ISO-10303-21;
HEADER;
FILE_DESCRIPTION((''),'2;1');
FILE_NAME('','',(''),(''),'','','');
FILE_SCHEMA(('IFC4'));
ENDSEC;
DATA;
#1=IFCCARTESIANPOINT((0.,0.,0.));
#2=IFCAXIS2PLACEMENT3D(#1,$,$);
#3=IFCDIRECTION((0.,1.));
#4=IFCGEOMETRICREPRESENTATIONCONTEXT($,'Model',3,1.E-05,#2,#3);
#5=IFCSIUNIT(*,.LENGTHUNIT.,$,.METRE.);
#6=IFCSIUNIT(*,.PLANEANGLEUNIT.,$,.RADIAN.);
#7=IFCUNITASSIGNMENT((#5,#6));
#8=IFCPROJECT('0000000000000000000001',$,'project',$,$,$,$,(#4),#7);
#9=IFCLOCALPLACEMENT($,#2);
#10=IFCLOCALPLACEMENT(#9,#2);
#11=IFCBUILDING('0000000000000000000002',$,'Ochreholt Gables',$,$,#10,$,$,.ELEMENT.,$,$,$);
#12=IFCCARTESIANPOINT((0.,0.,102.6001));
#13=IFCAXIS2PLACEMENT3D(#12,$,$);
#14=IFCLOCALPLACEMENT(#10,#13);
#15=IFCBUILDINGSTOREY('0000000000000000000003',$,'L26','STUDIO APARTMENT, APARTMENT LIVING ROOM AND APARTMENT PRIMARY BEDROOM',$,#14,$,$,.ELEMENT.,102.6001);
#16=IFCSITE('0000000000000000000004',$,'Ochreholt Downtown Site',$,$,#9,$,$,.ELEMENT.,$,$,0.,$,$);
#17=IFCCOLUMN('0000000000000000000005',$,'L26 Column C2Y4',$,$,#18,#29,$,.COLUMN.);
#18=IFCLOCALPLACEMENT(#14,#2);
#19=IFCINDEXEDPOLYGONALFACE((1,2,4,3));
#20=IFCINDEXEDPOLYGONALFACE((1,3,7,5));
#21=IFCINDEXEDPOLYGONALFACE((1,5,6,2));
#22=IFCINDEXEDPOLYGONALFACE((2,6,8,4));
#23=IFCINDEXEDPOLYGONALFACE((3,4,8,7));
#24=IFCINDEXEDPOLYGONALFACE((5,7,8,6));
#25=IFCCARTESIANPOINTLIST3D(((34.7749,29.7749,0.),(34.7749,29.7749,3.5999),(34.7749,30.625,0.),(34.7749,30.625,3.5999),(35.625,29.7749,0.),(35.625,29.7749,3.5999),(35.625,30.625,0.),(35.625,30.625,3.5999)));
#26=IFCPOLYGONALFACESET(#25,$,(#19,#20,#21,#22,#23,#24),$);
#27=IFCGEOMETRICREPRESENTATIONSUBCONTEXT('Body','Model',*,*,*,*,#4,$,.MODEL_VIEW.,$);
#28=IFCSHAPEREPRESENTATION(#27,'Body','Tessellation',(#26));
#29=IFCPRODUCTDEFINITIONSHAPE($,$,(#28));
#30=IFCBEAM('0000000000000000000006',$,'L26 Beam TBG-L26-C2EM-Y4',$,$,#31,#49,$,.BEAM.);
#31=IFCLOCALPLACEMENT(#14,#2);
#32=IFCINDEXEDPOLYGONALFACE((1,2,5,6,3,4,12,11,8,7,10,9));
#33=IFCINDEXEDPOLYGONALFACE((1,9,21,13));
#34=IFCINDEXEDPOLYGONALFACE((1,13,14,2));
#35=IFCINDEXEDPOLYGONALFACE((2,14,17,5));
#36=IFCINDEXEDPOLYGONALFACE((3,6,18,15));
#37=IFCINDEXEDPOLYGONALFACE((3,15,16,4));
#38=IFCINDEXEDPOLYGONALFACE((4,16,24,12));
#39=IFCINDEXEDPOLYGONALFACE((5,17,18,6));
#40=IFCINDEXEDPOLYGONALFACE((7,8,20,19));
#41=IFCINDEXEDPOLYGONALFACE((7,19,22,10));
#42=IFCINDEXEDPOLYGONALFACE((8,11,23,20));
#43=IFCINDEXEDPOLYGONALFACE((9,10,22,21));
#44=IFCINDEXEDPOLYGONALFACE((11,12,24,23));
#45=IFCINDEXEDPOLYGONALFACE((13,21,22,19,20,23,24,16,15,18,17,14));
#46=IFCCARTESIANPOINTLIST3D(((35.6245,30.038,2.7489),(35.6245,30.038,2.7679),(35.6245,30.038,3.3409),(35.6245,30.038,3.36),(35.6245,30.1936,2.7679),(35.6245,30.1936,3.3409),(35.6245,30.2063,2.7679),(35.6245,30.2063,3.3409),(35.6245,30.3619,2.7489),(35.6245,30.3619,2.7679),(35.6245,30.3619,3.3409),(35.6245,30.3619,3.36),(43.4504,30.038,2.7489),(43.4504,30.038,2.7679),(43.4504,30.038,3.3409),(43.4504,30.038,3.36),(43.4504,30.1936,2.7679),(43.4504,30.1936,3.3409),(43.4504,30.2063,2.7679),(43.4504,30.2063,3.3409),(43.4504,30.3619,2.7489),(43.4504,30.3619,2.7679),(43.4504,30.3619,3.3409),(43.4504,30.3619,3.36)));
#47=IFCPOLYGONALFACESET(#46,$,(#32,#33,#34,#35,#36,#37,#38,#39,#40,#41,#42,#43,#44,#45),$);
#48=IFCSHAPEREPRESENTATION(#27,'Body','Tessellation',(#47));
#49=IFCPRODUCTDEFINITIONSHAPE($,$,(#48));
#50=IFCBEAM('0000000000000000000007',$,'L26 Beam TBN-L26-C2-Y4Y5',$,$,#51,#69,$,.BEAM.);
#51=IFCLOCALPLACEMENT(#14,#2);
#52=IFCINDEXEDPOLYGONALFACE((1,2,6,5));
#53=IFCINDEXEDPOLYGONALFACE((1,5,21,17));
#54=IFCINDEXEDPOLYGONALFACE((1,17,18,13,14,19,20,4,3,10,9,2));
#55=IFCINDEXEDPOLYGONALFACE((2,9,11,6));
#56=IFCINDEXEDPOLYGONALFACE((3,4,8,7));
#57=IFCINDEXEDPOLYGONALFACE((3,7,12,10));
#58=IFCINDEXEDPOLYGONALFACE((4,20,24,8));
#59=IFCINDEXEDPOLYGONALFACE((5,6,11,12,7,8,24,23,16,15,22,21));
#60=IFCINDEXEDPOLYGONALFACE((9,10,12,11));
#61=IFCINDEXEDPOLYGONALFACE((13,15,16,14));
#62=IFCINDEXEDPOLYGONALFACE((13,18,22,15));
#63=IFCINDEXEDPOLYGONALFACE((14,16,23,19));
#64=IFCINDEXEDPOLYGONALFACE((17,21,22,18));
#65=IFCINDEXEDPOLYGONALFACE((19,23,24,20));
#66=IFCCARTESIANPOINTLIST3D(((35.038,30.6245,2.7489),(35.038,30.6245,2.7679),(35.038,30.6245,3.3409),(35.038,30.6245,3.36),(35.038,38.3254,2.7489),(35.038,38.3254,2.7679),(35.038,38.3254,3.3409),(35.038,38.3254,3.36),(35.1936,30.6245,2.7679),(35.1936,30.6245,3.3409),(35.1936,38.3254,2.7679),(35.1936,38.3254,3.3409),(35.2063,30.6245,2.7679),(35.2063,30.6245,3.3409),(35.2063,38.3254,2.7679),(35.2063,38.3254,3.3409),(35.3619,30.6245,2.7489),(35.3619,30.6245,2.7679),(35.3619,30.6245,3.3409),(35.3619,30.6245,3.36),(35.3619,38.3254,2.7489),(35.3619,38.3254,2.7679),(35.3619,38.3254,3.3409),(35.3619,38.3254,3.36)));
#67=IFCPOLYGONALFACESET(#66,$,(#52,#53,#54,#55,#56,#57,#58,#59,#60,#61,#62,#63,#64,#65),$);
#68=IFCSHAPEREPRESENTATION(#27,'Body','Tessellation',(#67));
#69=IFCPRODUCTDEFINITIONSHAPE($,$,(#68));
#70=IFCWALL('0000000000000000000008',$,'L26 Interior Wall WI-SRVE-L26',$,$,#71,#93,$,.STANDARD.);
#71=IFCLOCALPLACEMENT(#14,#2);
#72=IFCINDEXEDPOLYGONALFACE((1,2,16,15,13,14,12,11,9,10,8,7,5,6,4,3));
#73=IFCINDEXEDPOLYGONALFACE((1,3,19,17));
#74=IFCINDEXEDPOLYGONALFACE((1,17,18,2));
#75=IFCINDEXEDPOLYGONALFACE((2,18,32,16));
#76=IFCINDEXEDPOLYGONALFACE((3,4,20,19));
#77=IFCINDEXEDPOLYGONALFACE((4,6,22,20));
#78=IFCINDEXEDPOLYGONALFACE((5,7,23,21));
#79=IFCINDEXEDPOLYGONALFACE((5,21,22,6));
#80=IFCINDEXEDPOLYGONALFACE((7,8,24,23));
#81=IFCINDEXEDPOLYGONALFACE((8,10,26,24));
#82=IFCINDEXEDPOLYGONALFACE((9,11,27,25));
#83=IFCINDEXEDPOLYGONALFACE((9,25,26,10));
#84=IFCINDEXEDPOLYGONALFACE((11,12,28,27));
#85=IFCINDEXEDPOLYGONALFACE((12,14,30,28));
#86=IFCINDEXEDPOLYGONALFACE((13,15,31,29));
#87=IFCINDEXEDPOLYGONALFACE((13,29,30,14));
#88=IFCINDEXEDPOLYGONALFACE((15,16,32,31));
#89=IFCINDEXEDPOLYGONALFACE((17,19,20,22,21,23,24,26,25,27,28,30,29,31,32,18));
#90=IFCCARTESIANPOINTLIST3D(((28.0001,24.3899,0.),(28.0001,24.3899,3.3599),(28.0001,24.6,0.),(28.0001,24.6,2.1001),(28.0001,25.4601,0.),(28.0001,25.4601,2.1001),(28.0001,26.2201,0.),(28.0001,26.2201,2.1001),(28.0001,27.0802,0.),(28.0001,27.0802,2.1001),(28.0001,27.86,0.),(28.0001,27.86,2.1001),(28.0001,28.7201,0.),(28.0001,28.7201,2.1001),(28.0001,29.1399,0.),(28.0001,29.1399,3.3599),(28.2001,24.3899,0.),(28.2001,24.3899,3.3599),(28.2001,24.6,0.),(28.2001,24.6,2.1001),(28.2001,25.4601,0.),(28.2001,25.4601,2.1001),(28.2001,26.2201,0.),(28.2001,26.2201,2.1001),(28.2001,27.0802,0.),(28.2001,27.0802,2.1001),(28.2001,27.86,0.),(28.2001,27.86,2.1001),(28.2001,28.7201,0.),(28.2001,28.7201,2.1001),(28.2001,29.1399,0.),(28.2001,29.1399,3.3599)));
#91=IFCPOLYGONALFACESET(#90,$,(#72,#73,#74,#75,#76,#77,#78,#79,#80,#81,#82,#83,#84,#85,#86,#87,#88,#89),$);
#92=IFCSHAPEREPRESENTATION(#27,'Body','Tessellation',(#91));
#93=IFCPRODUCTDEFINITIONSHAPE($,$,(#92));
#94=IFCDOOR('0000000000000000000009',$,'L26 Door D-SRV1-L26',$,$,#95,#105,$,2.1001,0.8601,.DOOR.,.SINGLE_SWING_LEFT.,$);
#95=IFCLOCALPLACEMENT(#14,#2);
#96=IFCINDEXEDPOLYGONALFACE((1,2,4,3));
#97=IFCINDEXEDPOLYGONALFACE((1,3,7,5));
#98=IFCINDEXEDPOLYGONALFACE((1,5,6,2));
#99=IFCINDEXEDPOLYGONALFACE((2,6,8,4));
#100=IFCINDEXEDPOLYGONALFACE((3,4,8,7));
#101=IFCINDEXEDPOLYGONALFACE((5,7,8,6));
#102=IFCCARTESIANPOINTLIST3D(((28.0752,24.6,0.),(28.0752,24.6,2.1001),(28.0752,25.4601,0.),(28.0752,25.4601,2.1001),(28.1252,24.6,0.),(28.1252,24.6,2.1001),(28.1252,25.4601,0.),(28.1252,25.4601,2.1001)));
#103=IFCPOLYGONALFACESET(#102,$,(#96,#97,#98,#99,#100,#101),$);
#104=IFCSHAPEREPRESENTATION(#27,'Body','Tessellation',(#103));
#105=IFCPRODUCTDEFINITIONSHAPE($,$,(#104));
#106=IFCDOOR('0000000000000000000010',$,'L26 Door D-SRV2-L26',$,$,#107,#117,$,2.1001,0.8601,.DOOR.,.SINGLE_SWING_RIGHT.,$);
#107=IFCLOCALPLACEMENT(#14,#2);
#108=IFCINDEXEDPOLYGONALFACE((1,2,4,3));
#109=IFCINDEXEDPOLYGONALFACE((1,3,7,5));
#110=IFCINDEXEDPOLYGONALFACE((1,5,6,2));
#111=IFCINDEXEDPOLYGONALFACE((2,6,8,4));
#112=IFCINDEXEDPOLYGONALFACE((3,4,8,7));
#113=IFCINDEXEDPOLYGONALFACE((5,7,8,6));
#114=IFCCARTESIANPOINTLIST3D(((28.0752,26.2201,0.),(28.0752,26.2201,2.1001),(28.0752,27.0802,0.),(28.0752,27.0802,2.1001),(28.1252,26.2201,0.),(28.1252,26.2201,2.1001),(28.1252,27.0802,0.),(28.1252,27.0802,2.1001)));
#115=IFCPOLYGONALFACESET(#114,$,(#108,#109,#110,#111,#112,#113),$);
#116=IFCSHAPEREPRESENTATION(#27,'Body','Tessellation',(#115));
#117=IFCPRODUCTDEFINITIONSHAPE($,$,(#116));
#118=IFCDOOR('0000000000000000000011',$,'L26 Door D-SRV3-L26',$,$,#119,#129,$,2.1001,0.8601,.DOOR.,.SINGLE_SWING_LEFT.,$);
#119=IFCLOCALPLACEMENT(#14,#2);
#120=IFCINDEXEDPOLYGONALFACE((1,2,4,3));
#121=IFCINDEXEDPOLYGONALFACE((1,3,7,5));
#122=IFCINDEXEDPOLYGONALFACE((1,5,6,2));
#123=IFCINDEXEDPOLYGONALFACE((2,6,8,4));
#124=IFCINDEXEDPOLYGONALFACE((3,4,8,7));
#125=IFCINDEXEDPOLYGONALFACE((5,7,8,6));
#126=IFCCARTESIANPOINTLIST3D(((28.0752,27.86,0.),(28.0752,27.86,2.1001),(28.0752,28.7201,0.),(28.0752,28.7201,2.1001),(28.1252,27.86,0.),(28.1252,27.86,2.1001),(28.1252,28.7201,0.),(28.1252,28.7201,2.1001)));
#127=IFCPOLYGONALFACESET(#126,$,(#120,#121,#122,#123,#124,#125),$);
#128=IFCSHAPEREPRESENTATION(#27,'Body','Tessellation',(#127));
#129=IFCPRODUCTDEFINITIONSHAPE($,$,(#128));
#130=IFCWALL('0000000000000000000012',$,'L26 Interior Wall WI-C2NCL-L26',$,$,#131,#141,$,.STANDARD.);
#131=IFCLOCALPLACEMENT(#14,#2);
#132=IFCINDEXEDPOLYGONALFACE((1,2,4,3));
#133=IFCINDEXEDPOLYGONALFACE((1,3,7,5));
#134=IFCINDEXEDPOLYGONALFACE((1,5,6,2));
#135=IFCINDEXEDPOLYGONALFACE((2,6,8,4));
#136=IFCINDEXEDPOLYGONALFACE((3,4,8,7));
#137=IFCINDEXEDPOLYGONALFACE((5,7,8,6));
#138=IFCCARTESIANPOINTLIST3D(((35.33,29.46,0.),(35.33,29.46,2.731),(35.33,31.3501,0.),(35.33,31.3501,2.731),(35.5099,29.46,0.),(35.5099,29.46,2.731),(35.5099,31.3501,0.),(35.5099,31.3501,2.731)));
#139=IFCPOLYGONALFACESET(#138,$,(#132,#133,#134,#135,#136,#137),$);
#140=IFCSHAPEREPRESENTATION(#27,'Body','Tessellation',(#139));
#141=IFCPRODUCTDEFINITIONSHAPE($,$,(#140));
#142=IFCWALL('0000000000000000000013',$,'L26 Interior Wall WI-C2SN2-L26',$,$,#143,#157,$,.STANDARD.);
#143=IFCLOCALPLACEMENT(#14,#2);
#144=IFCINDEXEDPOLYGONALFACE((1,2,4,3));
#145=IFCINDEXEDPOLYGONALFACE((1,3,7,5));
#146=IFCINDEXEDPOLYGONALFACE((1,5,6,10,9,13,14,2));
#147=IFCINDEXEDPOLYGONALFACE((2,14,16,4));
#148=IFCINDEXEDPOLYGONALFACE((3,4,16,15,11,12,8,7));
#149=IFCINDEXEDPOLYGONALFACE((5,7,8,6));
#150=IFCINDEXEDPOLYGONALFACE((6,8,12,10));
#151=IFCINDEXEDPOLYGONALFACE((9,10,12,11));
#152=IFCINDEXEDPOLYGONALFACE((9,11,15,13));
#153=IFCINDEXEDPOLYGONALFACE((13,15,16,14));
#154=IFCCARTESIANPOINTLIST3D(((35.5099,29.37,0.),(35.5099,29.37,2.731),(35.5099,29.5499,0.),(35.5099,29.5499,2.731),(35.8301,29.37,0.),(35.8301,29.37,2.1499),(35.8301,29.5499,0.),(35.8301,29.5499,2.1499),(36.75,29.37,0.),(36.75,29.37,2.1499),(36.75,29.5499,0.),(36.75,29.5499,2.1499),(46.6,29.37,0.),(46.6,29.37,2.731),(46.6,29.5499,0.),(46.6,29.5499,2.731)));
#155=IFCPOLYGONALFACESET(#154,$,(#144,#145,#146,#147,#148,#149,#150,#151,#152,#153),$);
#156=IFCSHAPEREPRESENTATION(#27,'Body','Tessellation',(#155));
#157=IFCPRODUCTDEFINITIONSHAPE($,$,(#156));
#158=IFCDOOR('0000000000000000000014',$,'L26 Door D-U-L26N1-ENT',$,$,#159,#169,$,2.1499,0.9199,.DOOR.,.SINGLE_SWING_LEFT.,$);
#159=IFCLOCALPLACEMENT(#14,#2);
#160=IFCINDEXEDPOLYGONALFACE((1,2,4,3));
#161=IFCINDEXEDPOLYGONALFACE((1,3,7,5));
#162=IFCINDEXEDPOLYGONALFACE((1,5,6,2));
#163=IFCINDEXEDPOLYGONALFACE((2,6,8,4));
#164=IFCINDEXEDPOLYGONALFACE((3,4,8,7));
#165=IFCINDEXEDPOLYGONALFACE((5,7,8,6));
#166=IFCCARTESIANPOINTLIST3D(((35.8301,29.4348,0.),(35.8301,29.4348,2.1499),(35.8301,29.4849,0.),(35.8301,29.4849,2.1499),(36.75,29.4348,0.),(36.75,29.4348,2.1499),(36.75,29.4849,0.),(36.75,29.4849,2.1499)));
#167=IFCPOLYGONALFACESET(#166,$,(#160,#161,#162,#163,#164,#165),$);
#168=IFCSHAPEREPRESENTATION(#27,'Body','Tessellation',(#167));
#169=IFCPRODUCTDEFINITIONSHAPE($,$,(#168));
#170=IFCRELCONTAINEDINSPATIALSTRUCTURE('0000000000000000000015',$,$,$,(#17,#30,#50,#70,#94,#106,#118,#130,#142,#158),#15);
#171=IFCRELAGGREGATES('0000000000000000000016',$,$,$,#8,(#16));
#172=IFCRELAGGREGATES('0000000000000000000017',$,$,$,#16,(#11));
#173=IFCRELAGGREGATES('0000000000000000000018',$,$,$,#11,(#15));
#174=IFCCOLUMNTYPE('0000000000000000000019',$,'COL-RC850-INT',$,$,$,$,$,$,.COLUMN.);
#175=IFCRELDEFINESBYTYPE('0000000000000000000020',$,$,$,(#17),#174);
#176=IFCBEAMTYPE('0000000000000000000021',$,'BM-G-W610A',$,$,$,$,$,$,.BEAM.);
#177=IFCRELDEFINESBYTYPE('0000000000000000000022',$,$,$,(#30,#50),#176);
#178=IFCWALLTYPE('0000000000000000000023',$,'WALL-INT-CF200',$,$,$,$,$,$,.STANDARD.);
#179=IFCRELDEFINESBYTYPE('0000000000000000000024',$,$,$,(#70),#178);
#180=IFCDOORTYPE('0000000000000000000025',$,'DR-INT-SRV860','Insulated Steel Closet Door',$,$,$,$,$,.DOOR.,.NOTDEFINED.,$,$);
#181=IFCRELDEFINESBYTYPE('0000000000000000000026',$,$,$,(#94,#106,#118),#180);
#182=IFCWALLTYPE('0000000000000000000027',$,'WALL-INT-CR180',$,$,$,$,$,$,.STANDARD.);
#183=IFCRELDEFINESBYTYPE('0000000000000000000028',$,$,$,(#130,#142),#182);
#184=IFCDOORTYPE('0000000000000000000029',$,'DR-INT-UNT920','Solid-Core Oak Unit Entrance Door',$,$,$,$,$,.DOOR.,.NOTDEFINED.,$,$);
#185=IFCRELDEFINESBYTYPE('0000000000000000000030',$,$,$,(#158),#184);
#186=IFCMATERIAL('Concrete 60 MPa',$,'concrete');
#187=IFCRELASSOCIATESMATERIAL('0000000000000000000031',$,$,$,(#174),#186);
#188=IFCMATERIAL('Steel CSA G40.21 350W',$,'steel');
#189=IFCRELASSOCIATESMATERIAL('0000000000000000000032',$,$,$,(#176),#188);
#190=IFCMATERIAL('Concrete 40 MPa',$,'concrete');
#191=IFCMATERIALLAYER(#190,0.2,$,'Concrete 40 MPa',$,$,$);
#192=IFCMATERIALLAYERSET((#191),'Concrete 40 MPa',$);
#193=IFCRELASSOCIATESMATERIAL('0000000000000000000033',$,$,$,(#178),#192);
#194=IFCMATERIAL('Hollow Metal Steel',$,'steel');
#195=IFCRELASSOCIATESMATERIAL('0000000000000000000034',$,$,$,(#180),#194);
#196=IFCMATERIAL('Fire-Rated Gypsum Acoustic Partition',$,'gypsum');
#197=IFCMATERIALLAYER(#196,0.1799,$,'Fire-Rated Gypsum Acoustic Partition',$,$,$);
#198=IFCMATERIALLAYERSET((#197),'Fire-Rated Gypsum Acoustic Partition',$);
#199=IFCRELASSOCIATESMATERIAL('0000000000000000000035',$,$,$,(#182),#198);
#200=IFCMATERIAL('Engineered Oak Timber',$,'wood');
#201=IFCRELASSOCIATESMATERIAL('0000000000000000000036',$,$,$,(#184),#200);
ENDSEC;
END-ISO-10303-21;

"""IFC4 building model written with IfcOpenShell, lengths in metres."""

from ifc_helpers import new_model, si_unit, direction, frame, frame_2d, origin, origin_2d, place, context, subcontext, project, spatial, rectangle, i_section, extrude, material, layer, layer_set, material_profile, profile_set, type_object, element, fill, save


model = new_model("IFC4")

# Units and contexts
model_context = context("Model", 3, precision=1e-05, world=origin(), true_north=direction((0.0, 1.0)))
body_context = subcontext(model_context, "Body", "Model", "MODEL_VIEW")
ifc_project = project(units=[si_unit("LENGTHUNIT", "METRE"), si_unit("PLANEANGLEUNIT", "RADIAN")], contexts=[model_context])

# Site, building, storey
site_placement = place(None, origin())
site = spatial("IfcSite", under=ifc_project, at=site_placement, Name="Ochreholt Downtown Site", CompositionType="ELEMENT", RefElevation=0.0)
building_placement = place(site_placement, origin())
building = spatial("IfcBuilding", under=site, at=building_placement, Name="Ochreholt Gables", CompositionType="ELEMENT")
storey_placement = place(building_placement, frame((0.0, 0.0, 102.6001)))
storey = spatial("IfcBuildingStorey", under=building, at=storey_placement, Name="L26", Description="STUDIO APARTMENT, APARTMENT LIVING ROOM AND APARTMENT PRIMARY BEDROOM", CompositionType="ELEMENT", Elevation=102.6001)

# Column
ifc_material_1 = material(Name="Concrete 60 MPa", Category="concrete")
ifc_material_profile_1 = material_profile(ifc_material_1, rectangle(XDim=0.8501, YDim=0.8501, at=origin_2d()), Name="RC850X850")
ifc_profile_set_1 = profile_set([ifc_material_profile_1], Name="Concrete 60 MPa")
column_type = type_object("IfcColumnType", Name="COL-RC850-INT", PredefinedType="COLUMN", material=ifc_profile_set_1)
column_placement = place(storey_placement, frame((35.2, 30.2, 0.0), z_axis=(0.0, 0.0, 1.0), x_axis=(1.0, 0.0, 0.0)))
element("IfcColumn", 1, at=column_placement, inside=storey, type_object=column_type, Name="L26 Column C2Y4", PredefinedType="COLUMN", context=body_context, shape_type="SweptSolid", body=[
    extrude(rectangle(XDim=0.8501, YDim=0.8501, at=origin_2d()), origin(), (0.0, 0.0, 1.0), 3.5999),
])

# Beams
ifc_material_2 = material(Name="Steel CSA G40.21 350W", Category="steel")
ifc_material_profile_2 = material_profile(ifc_material_2, i_section(OverallWidth=0.324, OverallDepth=0.6111, WebThickness=0.0127, FlangeThickness=0.019, at=origin_2d()), Name="W610X155")
ifc_profile_set_2 = profile_set([ifc_material_profile_2], Name="Steel CSA G40.21 350W")
beam_type = type_object("IfcBeamType", Name="BM-G-W610A", PredefinedType="BEAM", material=ifc_profile_set_2)
beam_1_placement = place(storey_placement, frame((35.6245, 30.2, 3.0544), z_axis=(1.0, 0.0, 0.0), x_axis=(0.0, 1.0, 0.0)))
element("IfcBeam", 2, at=beam_1_placement, inside=storey, type_object=beam_type, Name="L26 Beam TBG-L26-C2EM-Y4", PredefinedType="BEAM", context=body_context, shape_type="SweptSolid", body=[
    extrude(i_section(OverallWidth=0.324, OverallDepth=0.6111, WebThickness=0.0127, FlangeThickness=0.019, at=origin_2d()), origin(), (0.0, 0.0, 1.0), 7.8259),
])
beam_2_placement = place(storey_placement, frame((35.2, 30.6245, 3.0544), z_axis=(0.0, 1.0, 0.0), x_axis=(-1.0, 0.0, 0.0)))
element("IfcBeam", 3, at=beam_2_placement, inside=storey, type_object=beam_type, Name="L26 Beam TBN-L26-C2-Y4Y5", PredefinedType="BEAM", context=body_context, shape_type="SweptSolid", body=[
    extrude(i_section(OverallWidth=0.324, OverallDepth=0.6111, WebThickness=0.0127, FlangeThickness=0.019, at=origin_2d()), origin(), (0.0, 0.0, 1.0), 7.7009),
])

# Wall, openings, doors
ifc_material_3 = material(Name="Concrete 40 MPa", Category="concrete")
ifc_layer_1 = layer(ifc_material_3, 0.2, Name="Concrete 40 MPa")
ifc_layer_set_1 = layer_set([ifc_layer_1], Name="Concrete 40 MPa")
wall_type_1 = type_object("IfcWallType", Name="WALL-INT-CF200", PredefinedType="STANDARD", material=ifc_layer_set_1)
wall_1_placement = place(storey_placement, frame((28.1001, 24.3899, 0.0), z_axis=(0.0, 0.0, 1.0), x_axis=(0.0, 1.0, 0.0)))
wall_1 = element("IfcWall", 4, at=wall_1_placement, inside=storey, type_object=wall_type_1, Name="L26 Interior Wall WI-SRVE-L26", PredefinedType="STANDARD", context=body_context, shape_type="SweptSolid", body=[
    extrude(rectangle(XDim=4.75, YDim=0.2, at=frame_2d((2.375, 0.0))), origin(), (0.0, 0.0, 1.0), 3.3599),
])
opening_1_placement = place(wall_1_placement, frame((0.21, 0.0, 0.0)))
opening_1 = element("IfcOpeningElement", 5, at=opening_1_placement, cuts=wall_1, PredefinedType="OPENING", context=body_context, shape_type="SweptSolid", body=[
    extrude(rectangle(XDim=0.8601, YDim=2.1001, at=frame_2d((0.4302, 1.05))), frame((0.0, 0.1099, 0.0), z_axis=(0.0, -1.0, 0.0), x_axis=(1.0, 0.0, 0.0)), (0.0, 0.0, 1.0), 0.22),
])
opening_2_placement = place(wall_1_placement, frame((1.8301, 0.0, 0.0)))
opening_2 = element("IfcOpeningElement", 6, at=opening_2_placement, cuts=wall_1, PredefinedType="OPENING", context=body_context, shape_type="SweptSolid", body=[
    extrude(rectangle(XDim=0.8601, YDim=2.1001, at=frame_2d((0.4302, 1.05))), frame((0.0, 0.1099, 0.0), z_axis=(0.0, -1.0, 0.0), x_axis=(1.0, 0.0, 0.0)), (0.0, 0.0, 1.0), 0.22),
])
opening_3_placement = place(wall_1_placement, frame((3.47, 0.0, 0.0)))
opening_3 = element("IfcOpeningElement", 7, at=opening_3_placement, cuts=wall_1, PredefinedType="OPENING", context=body_context, shape_type="SweptSolid", body=[
    extrude(rectangle(XDim=0.8601, YDim=2.1001, at=frame_2d((0.4302, 1.05))), frame((0.0, 0.1099, 0.0), z_axis=(0.0, -1.0, 0.0), x_axis=(1.0, 0.0, 0.0)), (0.0, 0.0, 1.0), 0.22),
])
ifc_material_4 = material(Name="Hollow Metal Steel", Category="steel")
door_type_1 = type_object("IfcDoorType", Name="DR-INT-SRV860", Description="Insulated Steel Closet Door", OperationType="NOTDEFINED", PredefinedType="DOOR", material=ifc_material_4)
door_1_placement = place(opening_1_placement, origin())
door_1 = element("IfcDoor", 8, at=door_1_placement, inside=storey, type_object=door_type_1, Name="L26 Door D-SRV1-L26", OperationType="SINGLE_SWING_LEFT", OverallHeight=2.1001, OverallWidth=0.8601, PredefinedType="DOOR", context=body_context, shape_type="SweptSolid", body=[
    extrude(rectangle(XDim=0.8601, YDim=2.1001, at=frame_2d((0.4302, 1.05))), frame((0.0, 0.0249, 0.0), z_axis=(0.0, -1.0, 0.0), x_axis=(1.0, 0.0, 0.0)), (0.0, 0.0, 1.0), 0.05),
])
fill(opening_1, door_1)
door_2_placement = place(opening_2_placement, origin())
door_2 = element("IfcDoor", 9, at=door_2_placement, inside=storey, type_object=door_type_1, Name="L26 Door D-SRV2-L26", OperationType="SINGLE_SWING_RIGHT", OverallHeight=2.1001, OverallWidth=0.8601, PredefinedType="DOOR", context=body_context, shape_type="SweptSolid", body=[
    extrude(rectangle(XDim=0.8601, YDim=2.1001, at=frame_2d((0.4302, 1.05))), frame((0.0, 0.0249, 0.0), z_axis=(0.0, -1.0, 0.0), x_axis=(1.0, 0.0, 0.0)), (0.0, 0.0, 1.0), 0.05),
])
fill(opening_2, door_2)
door_3_placement = place(opening_3_placement, origin())
door_3 = element("IfcDoor", 10, at=door_3_placement, inside=storey, type_object=door_type_1, Name="L26 Door D-SRV3-L26", OperationType="SINGLE_SWING_LEFT", OverallHeight=2.1001, OverallWidth=0.8601, PredefinedType="DOOR", context=body_context, shape_type="SweptSolid", body=[
    extrude(rectangle(XDim=0.8601, YDim=2.1001, at=frame_2d((0.4302, 1.05))), frame((0.0, 0.0249, 0.0), z_axis=(0.0, -1.0, 0.0), x_axis=(1.0, 0.0, 0.0)), (0.0, 0.0, 1.0), 0.05),
])
fill(opening_3, door_3)

# Wall
ifc_material_5 = material(Name="Fire-Rated Gypsum Acoustic Partition", Category="gypsum")
ifc_layer_2 = layer(ifc_material_5, 0.1799, Name="Fire-Rated Gypsum Acoustic Partition")
ifc_layer_set_2 = layer_set([ifc_layer_2], Name="Fire-Rated Gypsum Acoustic Partition")
wall_type_2 = type_object("IfcWallType", Name="WALL-INT-CR180", PredefinedType="STANDARD", material=ifc_layer_set_2)
wall_2_placement = place(storey_placement, frame((35.4199, 29.46, 0.0), z_axis=(0.0, 0.0, 1.0), x_axis=(0.0, 1.0, 0.0)))
element("IfcWall", 11, at=wall_2_placement, inside=storey, type_object=wall_type_2, Name="L26 Interior Wall WI-C2NCL-L26", PredefinedType="STANDARD", context=body_context, shape_type="SweptSolid", body=[
    extrude(rectangle(XDim=1.8901, YDim=0.1799, at=frame_2d((0.9451, 0.0))), origin(), (0.0, 0.0, 1.0), 2.731),
])

# Wall, opening, door
wall_3_placement = place(storey_placement, frame((35.51, 29.46, 0.0), z_axis=(0.0, 0.0, 1.0), x_axis=(1.0, 0.0, 0.0)))
wall_3 = element("IfcWall", 12, at=wall_3_placement, inside=storey, type_object=wall_type_2, Name="L26 Interior Wall WI-C2SN2-L26", PredefinedType="STANDARD", context=body_context, shape_type="SweptSolid", body=[
    extrude(rectangle(XDim=11.0901, YDim=0.1799, at=frame_2d((5.5449, 0.0))), origin(), (0.0, 0.0, 1.0), 2.731),
])
opening_4_placement = place(wall_3_placement, frame((0.3201, 0.0, 0.0)))
opening_4 = element("IfcOpeningElement", 13, at=opening_4_placement, cuts=wall_3, PredefinedType="OPENING", context=body_context, shape_type="SweptSolid", body=[
    extrude(rectangle(XDim=0.9199, YDim=2.1499, at=frame_2d((0.46, 1.075))), frame((0.0, 0.0999, 0.0), z_axis=(0.0, -1.0, 0.0), x_axis=(1.0, 0.0, 0.0)), (0.0, 0.0, 1.0), 0.2),
])
ifc_material_6 = material(Name="Engineered Oak Timber", Category="wood")
door_type_2 = type_object("IfcDoorType", Name="DR-INT-UNT920", Description="Solid-Core Oak Unit Entrance Door", OperationType="NOTDEFINED", PredefinedType="DOOR", material=ifc_material_6)
door_4_placement = place(opening_4_placement, origin())
door_4 = element("IfcDoor", 14, at=door_4_placement, inside=storey, type_object=door_type_2, Name="L26 Door D-U-L26N1-ENT", OperationType="SINGLE_SWING_LEFT", OverallHeight=2.1499, OverallWidth=0.9199, PredefinedType="DOOR", context=body_context, shape_type="SweptSolid", body=[
    extrude(rectangle(XDim=0.9199, YDim=2.1499, at=frame_2d((0.46, 1.075))), frame((0.0, 0.0249, 0.0), z_axis=(0.0, -1.0, 0.0), x_axis=(1.0, 0.0, 0.0)), (0.0, 0.0, 1.0), 0.05),
])
fill(opening_4, door_4)

save(model, "model.ifc")
